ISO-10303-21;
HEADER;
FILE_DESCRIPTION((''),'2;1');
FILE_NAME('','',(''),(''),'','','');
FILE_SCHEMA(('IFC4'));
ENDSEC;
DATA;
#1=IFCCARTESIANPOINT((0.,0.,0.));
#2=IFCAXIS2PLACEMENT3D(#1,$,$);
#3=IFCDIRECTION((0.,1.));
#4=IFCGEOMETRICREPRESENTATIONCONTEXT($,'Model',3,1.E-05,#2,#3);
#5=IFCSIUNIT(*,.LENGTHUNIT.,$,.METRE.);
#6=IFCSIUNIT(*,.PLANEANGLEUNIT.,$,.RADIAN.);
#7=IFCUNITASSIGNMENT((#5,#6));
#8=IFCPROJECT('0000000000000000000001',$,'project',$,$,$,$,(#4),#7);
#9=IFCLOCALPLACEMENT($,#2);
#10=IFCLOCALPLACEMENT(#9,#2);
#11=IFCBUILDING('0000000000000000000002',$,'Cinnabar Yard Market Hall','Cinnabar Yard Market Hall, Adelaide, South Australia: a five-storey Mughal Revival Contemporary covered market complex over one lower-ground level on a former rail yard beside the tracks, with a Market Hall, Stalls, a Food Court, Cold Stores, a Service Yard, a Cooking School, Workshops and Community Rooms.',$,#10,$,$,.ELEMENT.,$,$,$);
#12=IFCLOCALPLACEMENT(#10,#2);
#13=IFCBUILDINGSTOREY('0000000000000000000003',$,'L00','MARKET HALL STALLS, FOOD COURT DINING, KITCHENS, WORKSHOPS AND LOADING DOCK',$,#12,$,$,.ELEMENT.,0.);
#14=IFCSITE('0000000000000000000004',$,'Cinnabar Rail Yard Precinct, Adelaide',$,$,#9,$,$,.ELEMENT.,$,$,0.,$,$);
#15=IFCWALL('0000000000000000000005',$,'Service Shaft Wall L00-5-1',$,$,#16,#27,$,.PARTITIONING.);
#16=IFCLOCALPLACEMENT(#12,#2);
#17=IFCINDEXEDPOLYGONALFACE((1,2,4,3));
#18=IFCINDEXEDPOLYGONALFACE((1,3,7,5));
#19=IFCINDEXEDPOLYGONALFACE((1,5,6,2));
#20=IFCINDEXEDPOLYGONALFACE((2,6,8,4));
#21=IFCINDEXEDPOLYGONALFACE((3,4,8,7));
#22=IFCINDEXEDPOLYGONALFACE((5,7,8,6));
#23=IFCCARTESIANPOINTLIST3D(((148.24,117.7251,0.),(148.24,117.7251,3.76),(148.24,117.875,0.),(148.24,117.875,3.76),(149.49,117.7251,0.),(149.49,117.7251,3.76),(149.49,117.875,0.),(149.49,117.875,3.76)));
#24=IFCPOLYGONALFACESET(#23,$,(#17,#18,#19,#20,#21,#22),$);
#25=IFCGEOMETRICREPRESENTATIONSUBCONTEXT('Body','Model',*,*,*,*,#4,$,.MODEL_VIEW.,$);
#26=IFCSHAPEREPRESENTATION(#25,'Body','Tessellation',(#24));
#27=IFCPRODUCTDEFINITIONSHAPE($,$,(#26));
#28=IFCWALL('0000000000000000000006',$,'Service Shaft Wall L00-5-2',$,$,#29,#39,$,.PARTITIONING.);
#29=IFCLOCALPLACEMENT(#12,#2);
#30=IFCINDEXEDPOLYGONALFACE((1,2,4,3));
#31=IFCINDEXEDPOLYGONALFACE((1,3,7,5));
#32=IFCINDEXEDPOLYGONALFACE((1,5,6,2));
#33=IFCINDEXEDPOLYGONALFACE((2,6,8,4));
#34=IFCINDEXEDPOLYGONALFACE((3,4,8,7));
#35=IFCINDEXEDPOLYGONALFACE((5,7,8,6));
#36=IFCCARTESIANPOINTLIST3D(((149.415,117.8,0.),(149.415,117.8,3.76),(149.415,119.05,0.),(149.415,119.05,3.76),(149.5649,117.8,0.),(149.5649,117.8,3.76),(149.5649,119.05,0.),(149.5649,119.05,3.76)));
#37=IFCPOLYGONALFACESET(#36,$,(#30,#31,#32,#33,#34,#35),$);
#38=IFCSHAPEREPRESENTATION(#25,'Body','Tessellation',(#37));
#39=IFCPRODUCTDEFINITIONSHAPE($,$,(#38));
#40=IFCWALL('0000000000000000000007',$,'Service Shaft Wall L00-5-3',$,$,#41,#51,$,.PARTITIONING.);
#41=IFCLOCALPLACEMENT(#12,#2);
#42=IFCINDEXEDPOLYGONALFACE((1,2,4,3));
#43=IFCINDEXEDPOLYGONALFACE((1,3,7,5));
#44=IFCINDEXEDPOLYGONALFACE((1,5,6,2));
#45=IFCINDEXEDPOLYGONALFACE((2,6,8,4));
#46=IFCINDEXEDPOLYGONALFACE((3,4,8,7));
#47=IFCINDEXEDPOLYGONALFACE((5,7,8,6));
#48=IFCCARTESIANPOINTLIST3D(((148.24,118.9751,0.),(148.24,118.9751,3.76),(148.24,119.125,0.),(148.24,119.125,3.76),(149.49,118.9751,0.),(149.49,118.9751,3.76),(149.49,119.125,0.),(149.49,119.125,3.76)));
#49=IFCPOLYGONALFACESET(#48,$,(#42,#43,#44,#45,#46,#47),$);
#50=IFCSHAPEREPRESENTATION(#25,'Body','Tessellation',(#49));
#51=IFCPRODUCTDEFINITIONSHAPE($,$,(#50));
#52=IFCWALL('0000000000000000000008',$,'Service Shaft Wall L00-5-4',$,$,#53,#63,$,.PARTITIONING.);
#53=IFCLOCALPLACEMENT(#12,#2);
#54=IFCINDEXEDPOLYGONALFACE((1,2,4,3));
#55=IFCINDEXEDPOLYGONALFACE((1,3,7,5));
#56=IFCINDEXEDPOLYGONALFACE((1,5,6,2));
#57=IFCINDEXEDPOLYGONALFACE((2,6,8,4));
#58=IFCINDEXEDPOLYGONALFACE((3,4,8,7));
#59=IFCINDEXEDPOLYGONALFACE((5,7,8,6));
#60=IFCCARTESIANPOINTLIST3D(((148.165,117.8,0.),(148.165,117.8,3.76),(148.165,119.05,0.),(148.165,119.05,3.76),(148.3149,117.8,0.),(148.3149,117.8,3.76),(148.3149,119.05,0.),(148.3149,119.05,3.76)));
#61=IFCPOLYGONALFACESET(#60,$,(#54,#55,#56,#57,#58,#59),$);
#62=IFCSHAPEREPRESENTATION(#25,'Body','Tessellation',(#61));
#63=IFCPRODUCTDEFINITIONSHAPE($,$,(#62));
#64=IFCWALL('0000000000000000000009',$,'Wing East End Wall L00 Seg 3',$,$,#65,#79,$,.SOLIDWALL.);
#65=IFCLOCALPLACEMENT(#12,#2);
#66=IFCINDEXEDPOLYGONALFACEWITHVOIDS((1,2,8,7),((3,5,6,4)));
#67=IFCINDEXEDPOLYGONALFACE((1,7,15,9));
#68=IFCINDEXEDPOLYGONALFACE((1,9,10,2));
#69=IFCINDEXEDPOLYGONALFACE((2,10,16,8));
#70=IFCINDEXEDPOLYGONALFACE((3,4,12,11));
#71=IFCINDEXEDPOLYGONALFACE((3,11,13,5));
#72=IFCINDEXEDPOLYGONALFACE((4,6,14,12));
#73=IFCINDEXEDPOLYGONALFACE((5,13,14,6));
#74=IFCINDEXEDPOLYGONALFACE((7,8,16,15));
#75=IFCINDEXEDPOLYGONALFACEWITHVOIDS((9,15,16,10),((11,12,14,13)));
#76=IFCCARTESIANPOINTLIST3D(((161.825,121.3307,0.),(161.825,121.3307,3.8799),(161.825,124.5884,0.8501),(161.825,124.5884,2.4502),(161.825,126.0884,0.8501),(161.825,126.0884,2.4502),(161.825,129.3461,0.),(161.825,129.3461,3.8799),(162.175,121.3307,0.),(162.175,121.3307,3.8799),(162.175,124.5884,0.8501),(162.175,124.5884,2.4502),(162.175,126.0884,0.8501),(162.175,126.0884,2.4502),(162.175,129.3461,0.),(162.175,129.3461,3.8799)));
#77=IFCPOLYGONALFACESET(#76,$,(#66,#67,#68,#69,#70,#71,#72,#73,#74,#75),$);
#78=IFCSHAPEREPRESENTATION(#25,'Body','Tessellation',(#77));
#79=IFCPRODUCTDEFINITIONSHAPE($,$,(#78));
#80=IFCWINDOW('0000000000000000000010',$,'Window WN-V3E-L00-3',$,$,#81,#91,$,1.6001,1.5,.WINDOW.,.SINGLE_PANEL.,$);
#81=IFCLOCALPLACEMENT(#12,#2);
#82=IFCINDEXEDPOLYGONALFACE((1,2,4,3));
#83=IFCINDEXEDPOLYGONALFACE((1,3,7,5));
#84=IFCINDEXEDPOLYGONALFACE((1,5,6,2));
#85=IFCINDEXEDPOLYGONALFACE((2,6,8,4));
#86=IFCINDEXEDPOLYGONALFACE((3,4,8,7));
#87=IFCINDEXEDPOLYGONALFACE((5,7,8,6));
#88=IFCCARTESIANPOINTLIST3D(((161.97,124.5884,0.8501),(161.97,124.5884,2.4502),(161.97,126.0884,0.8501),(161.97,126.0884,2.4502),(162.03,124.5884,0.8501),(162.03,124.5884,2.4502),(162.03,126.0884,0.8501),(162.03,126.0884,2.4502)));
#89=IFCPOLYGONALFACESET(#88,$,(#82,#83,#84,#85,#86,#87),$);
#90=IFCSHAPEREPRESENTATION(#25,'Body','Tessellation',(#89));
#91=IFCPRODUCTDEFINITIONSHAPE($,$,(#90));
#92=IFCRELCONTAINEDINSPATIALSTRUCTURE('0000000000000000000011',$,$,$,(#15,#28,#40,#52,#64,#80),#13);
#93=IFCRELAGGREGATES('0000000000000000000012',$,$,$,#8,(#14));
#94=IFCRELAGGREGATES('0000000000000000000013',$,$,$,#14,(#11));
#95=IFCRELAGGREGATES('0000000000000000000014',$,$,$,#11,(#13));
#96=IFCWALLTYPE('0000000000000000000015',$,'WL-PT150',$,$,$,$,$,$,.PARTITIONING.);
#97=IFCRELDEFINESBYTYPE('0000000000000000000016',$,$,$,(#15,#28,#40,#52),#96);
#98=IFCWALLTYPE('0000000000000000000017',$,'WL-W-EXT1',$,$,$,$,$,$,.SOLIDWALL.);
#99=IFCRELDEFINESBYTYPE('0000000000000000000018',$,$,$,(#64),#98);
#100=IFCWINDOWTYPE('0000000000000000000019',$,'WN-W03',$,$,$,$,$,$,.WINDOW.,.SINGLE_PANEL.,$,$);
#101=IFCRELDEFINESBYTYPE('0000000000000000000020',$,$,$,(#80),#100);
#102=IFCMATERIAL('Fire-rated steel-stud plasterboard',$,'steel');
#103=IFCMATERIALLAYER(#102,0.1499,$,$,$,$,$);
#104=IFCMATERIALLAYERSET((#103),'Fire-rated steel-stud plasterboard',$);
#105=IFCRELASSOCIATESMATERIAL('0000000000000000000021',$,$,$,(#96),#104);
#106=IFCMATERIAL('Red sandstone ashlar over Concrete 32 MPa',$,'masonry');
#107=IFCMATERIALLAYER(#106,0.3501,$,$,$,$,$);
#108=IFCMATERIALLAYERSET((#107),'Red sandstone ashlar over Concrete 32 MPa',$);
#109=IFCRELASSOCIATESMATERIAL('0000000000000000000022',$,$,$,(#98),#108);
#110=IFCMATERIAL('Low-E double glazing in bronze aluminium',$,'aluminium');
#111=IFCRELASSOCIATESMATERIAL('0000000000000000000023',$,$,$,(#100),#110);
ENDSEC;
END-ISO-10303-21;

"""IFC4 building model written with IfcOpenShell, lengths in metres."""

from ifc_helpers import new_model, si_unit, direction, frame, frame_2d, origin, place, context, subcontext, project, spatial, rectangle, extrude, material, layer, layer_set, type_object, element, fill, save


model = new_model("IFC4")

# Units and contexts
model_context = context("Model", 3, precision=1e-05, world=origin(), true_north=direction((0.0, 1.0)))
body_context = subcontext(model_context, "Body", "Model", "MODEL_VIEW")
ifc_project = project(units=[si_unit("LENGTHUNIT", "METRE"), si_unit("PLANEANGLEUNIT", "RADIAN")], contexts=[model_context])

# Site, building, storey
site_placement = place(None, origin())
site = spatial("IfcSite", under=ifc_project, at=site_placement, Name="Cinnabar Rail Yard Precinct, Adelaide", CompositionType="ELEMENT", RefElevation=0.0)
building_placement = place(site_placement, origin())
building = spatial("IfcBuilding", under=site, at=building_placement, Name="Cinnabar Yard Market Hall", Description="Cinnabar Yard Market Hall, Adelaide, South Australia: a five-storey Mughal Revival Contemporary covered market complex over one lower-ground level on a former rail yard beside the tracks, with a Market Hall, Stalls, a Food Court, Cold Stores, a Service Yard, a Cooking School, Workshops and Community Rooms.", CompositionType="ELEMENT")
storey_placement = place(building_placement, origin())
storey = spatial("IfcBuildingStorey", under=building, at=storey_placement, Name="L00", Description="MARKET HALL STALLS, FOOD COURT DINING, KITCHENS, WORKSHOPS AND LOADING DOCK", CompositionType="ELEMENT", Elevation=0.0)

# Walls
ifc_material_1 = material(Name="Fire-rated steel-stud plasterboard", Category="steel")
ifc_layer_1 = layer(ifc_material_1, 0.1499)
ifc_layer_set_1 = layer_set([ifc_layer_1], Name="Fire-rated steel-stud plasterboard")
wall_type_1 = type_object("IfcWallType", Name="WL-PT150", PredefinedType="PARTITIONING", material=ifc_layer_set_1)
for number, where, z_axis, x_axis, name in (
    (1, (148.24, 117.8, 0.0), (0.0, 0.0, 1.0), (1.0, 0.0, 0.0), "Service Shaft Wall L00-5-1"),
    (2, (149.49, 117.8, 0.0), (0.0, 0.0, 1.0), (0.0, 1.0, 0.0), "Service Shaft Wall L00-5-2"),
    (3, (149.49, 119.05, 0.0), (0.0, 0.0, 1.0), (-1.0, 0.0, 0.0), "Service Shaft Wall L00-5-3"),
    (4, (148.24, 119.05, 0.0), (0.0, 0.0, 1.0), (0.0, -1.0, 0.0), "Service Shaft Wall L00-5-4"),
):
    element("IfcWall", number, at=place(storey_placement, frame(where, z_axis=z_axis, x_axis=x_axis)), inside=storey, type_object=wall_type_1, Name=name, PredefinedType="PARTITIONING", context=body_context, shape_type="SweptSolid", body=[
        extrude(rectangle(XDim=1.25, YDim=0.1499, at=frame_2d((0.625, 0.0), x_axis=(1.0, 0.0))), origin(), (0.0, 0.0, 1.0), 3.76),
    ])

# Wall, opening, window
ifc_material_2 = material(Name="Red sandstone ashlar over Concrete 32 MPa", Category="masonry")
ifc_layer_2 = layer(ifc_material_2, 0.3501)
ifc_layer_set_2 = layer_set([ifc_layer_2], Name="Red sandstone ashlar over Concrete 32 MPa")
wall_type_2 = type_object("IfcWallType", Name="WL-W-EXT1", PredefinedType="SOLIDWALL", material=ifc_layer_set_2)
wall_1_placement = place(storey_placement, frame((162.0, 121.3306, 0.0), z_axis=(0.0, 0.0, 1.0), x_axis=(0.0, 1.0, 0.0)))
wall_1 = element("IfcWall", 5, at=wall_1_placement, inside=storey, type_object=wall_type_2, Name="Wing East End Wall L00 Seg 3", PredefinedType="SOLIDWALL", context=body_context, shape_type="SweptSolid", body=[
    extrude(rectangle(XDim=8.0154, YDim=0.3501, at=frame_2d((4.0078, 0.0), x_axis=(1.0, 0.0))), origin(), (0.0, 0.0, 1.0), 3.8799),
])
opening_1_placement = place(wall_1_placement, frame((3.2578, 0.0, 0.8501)))
opening_1 = element("IfcOpeningElement", 6, at=opening_1_placement, cuts=wall_1, PredefinedType="OPENING", context=body_context, shape_type="SweptSolid", body=[
    extrude(rectangle(XDim=1.5, YDim=1.6001, at=frame_2d((0.75, 0.8), x_axis=(1.0, 0.0))), frame((0.0, 0.1851, 0.0), z_axis=(0.0, -1.0, 0.0), x_axis=(1.0, 0.0, 0.0)), (0.0, 0.0, 1.0), 0.3701),
])
ifc_material_3 = material(Name="Low-E double glazing in bronze aluminium", Category="aluminium")
window_type = type_object("IfcWindowType", Name="WN-W03", PartitioningType="SINGLE_PANEL", PredefinedType="WINDOW", material=ifc_material_3)
window_placement = place(opening_1_placement, origin())
window = element("IfcWindow", 7, at=window_placement, inside=storey, type_object=window_type, Name="Window WN-V3E-L00-3", OverallHeight=1.6001, OverallWidth=1.5, PartitioningType="SINGLE_PANEL", PredefinedType="WINDOW", context=body_context, shape_type="SweptSolid", body=[
    extrude(rectangle(XDim=1.5, YDim=1.6001, at=frame_2d((0.75, 0.8), x_axis=(1.0, 0.0))), frame((0.0, 0.03, 0.0), z_axis=(0.0, -1.0, 0.0), x_axis=(1.0, 0.0, 0.0)), (0.0, 0.0, 1.0), 0.0601),
])
fill(opening_1, window)

save(model, "model.ifc")
